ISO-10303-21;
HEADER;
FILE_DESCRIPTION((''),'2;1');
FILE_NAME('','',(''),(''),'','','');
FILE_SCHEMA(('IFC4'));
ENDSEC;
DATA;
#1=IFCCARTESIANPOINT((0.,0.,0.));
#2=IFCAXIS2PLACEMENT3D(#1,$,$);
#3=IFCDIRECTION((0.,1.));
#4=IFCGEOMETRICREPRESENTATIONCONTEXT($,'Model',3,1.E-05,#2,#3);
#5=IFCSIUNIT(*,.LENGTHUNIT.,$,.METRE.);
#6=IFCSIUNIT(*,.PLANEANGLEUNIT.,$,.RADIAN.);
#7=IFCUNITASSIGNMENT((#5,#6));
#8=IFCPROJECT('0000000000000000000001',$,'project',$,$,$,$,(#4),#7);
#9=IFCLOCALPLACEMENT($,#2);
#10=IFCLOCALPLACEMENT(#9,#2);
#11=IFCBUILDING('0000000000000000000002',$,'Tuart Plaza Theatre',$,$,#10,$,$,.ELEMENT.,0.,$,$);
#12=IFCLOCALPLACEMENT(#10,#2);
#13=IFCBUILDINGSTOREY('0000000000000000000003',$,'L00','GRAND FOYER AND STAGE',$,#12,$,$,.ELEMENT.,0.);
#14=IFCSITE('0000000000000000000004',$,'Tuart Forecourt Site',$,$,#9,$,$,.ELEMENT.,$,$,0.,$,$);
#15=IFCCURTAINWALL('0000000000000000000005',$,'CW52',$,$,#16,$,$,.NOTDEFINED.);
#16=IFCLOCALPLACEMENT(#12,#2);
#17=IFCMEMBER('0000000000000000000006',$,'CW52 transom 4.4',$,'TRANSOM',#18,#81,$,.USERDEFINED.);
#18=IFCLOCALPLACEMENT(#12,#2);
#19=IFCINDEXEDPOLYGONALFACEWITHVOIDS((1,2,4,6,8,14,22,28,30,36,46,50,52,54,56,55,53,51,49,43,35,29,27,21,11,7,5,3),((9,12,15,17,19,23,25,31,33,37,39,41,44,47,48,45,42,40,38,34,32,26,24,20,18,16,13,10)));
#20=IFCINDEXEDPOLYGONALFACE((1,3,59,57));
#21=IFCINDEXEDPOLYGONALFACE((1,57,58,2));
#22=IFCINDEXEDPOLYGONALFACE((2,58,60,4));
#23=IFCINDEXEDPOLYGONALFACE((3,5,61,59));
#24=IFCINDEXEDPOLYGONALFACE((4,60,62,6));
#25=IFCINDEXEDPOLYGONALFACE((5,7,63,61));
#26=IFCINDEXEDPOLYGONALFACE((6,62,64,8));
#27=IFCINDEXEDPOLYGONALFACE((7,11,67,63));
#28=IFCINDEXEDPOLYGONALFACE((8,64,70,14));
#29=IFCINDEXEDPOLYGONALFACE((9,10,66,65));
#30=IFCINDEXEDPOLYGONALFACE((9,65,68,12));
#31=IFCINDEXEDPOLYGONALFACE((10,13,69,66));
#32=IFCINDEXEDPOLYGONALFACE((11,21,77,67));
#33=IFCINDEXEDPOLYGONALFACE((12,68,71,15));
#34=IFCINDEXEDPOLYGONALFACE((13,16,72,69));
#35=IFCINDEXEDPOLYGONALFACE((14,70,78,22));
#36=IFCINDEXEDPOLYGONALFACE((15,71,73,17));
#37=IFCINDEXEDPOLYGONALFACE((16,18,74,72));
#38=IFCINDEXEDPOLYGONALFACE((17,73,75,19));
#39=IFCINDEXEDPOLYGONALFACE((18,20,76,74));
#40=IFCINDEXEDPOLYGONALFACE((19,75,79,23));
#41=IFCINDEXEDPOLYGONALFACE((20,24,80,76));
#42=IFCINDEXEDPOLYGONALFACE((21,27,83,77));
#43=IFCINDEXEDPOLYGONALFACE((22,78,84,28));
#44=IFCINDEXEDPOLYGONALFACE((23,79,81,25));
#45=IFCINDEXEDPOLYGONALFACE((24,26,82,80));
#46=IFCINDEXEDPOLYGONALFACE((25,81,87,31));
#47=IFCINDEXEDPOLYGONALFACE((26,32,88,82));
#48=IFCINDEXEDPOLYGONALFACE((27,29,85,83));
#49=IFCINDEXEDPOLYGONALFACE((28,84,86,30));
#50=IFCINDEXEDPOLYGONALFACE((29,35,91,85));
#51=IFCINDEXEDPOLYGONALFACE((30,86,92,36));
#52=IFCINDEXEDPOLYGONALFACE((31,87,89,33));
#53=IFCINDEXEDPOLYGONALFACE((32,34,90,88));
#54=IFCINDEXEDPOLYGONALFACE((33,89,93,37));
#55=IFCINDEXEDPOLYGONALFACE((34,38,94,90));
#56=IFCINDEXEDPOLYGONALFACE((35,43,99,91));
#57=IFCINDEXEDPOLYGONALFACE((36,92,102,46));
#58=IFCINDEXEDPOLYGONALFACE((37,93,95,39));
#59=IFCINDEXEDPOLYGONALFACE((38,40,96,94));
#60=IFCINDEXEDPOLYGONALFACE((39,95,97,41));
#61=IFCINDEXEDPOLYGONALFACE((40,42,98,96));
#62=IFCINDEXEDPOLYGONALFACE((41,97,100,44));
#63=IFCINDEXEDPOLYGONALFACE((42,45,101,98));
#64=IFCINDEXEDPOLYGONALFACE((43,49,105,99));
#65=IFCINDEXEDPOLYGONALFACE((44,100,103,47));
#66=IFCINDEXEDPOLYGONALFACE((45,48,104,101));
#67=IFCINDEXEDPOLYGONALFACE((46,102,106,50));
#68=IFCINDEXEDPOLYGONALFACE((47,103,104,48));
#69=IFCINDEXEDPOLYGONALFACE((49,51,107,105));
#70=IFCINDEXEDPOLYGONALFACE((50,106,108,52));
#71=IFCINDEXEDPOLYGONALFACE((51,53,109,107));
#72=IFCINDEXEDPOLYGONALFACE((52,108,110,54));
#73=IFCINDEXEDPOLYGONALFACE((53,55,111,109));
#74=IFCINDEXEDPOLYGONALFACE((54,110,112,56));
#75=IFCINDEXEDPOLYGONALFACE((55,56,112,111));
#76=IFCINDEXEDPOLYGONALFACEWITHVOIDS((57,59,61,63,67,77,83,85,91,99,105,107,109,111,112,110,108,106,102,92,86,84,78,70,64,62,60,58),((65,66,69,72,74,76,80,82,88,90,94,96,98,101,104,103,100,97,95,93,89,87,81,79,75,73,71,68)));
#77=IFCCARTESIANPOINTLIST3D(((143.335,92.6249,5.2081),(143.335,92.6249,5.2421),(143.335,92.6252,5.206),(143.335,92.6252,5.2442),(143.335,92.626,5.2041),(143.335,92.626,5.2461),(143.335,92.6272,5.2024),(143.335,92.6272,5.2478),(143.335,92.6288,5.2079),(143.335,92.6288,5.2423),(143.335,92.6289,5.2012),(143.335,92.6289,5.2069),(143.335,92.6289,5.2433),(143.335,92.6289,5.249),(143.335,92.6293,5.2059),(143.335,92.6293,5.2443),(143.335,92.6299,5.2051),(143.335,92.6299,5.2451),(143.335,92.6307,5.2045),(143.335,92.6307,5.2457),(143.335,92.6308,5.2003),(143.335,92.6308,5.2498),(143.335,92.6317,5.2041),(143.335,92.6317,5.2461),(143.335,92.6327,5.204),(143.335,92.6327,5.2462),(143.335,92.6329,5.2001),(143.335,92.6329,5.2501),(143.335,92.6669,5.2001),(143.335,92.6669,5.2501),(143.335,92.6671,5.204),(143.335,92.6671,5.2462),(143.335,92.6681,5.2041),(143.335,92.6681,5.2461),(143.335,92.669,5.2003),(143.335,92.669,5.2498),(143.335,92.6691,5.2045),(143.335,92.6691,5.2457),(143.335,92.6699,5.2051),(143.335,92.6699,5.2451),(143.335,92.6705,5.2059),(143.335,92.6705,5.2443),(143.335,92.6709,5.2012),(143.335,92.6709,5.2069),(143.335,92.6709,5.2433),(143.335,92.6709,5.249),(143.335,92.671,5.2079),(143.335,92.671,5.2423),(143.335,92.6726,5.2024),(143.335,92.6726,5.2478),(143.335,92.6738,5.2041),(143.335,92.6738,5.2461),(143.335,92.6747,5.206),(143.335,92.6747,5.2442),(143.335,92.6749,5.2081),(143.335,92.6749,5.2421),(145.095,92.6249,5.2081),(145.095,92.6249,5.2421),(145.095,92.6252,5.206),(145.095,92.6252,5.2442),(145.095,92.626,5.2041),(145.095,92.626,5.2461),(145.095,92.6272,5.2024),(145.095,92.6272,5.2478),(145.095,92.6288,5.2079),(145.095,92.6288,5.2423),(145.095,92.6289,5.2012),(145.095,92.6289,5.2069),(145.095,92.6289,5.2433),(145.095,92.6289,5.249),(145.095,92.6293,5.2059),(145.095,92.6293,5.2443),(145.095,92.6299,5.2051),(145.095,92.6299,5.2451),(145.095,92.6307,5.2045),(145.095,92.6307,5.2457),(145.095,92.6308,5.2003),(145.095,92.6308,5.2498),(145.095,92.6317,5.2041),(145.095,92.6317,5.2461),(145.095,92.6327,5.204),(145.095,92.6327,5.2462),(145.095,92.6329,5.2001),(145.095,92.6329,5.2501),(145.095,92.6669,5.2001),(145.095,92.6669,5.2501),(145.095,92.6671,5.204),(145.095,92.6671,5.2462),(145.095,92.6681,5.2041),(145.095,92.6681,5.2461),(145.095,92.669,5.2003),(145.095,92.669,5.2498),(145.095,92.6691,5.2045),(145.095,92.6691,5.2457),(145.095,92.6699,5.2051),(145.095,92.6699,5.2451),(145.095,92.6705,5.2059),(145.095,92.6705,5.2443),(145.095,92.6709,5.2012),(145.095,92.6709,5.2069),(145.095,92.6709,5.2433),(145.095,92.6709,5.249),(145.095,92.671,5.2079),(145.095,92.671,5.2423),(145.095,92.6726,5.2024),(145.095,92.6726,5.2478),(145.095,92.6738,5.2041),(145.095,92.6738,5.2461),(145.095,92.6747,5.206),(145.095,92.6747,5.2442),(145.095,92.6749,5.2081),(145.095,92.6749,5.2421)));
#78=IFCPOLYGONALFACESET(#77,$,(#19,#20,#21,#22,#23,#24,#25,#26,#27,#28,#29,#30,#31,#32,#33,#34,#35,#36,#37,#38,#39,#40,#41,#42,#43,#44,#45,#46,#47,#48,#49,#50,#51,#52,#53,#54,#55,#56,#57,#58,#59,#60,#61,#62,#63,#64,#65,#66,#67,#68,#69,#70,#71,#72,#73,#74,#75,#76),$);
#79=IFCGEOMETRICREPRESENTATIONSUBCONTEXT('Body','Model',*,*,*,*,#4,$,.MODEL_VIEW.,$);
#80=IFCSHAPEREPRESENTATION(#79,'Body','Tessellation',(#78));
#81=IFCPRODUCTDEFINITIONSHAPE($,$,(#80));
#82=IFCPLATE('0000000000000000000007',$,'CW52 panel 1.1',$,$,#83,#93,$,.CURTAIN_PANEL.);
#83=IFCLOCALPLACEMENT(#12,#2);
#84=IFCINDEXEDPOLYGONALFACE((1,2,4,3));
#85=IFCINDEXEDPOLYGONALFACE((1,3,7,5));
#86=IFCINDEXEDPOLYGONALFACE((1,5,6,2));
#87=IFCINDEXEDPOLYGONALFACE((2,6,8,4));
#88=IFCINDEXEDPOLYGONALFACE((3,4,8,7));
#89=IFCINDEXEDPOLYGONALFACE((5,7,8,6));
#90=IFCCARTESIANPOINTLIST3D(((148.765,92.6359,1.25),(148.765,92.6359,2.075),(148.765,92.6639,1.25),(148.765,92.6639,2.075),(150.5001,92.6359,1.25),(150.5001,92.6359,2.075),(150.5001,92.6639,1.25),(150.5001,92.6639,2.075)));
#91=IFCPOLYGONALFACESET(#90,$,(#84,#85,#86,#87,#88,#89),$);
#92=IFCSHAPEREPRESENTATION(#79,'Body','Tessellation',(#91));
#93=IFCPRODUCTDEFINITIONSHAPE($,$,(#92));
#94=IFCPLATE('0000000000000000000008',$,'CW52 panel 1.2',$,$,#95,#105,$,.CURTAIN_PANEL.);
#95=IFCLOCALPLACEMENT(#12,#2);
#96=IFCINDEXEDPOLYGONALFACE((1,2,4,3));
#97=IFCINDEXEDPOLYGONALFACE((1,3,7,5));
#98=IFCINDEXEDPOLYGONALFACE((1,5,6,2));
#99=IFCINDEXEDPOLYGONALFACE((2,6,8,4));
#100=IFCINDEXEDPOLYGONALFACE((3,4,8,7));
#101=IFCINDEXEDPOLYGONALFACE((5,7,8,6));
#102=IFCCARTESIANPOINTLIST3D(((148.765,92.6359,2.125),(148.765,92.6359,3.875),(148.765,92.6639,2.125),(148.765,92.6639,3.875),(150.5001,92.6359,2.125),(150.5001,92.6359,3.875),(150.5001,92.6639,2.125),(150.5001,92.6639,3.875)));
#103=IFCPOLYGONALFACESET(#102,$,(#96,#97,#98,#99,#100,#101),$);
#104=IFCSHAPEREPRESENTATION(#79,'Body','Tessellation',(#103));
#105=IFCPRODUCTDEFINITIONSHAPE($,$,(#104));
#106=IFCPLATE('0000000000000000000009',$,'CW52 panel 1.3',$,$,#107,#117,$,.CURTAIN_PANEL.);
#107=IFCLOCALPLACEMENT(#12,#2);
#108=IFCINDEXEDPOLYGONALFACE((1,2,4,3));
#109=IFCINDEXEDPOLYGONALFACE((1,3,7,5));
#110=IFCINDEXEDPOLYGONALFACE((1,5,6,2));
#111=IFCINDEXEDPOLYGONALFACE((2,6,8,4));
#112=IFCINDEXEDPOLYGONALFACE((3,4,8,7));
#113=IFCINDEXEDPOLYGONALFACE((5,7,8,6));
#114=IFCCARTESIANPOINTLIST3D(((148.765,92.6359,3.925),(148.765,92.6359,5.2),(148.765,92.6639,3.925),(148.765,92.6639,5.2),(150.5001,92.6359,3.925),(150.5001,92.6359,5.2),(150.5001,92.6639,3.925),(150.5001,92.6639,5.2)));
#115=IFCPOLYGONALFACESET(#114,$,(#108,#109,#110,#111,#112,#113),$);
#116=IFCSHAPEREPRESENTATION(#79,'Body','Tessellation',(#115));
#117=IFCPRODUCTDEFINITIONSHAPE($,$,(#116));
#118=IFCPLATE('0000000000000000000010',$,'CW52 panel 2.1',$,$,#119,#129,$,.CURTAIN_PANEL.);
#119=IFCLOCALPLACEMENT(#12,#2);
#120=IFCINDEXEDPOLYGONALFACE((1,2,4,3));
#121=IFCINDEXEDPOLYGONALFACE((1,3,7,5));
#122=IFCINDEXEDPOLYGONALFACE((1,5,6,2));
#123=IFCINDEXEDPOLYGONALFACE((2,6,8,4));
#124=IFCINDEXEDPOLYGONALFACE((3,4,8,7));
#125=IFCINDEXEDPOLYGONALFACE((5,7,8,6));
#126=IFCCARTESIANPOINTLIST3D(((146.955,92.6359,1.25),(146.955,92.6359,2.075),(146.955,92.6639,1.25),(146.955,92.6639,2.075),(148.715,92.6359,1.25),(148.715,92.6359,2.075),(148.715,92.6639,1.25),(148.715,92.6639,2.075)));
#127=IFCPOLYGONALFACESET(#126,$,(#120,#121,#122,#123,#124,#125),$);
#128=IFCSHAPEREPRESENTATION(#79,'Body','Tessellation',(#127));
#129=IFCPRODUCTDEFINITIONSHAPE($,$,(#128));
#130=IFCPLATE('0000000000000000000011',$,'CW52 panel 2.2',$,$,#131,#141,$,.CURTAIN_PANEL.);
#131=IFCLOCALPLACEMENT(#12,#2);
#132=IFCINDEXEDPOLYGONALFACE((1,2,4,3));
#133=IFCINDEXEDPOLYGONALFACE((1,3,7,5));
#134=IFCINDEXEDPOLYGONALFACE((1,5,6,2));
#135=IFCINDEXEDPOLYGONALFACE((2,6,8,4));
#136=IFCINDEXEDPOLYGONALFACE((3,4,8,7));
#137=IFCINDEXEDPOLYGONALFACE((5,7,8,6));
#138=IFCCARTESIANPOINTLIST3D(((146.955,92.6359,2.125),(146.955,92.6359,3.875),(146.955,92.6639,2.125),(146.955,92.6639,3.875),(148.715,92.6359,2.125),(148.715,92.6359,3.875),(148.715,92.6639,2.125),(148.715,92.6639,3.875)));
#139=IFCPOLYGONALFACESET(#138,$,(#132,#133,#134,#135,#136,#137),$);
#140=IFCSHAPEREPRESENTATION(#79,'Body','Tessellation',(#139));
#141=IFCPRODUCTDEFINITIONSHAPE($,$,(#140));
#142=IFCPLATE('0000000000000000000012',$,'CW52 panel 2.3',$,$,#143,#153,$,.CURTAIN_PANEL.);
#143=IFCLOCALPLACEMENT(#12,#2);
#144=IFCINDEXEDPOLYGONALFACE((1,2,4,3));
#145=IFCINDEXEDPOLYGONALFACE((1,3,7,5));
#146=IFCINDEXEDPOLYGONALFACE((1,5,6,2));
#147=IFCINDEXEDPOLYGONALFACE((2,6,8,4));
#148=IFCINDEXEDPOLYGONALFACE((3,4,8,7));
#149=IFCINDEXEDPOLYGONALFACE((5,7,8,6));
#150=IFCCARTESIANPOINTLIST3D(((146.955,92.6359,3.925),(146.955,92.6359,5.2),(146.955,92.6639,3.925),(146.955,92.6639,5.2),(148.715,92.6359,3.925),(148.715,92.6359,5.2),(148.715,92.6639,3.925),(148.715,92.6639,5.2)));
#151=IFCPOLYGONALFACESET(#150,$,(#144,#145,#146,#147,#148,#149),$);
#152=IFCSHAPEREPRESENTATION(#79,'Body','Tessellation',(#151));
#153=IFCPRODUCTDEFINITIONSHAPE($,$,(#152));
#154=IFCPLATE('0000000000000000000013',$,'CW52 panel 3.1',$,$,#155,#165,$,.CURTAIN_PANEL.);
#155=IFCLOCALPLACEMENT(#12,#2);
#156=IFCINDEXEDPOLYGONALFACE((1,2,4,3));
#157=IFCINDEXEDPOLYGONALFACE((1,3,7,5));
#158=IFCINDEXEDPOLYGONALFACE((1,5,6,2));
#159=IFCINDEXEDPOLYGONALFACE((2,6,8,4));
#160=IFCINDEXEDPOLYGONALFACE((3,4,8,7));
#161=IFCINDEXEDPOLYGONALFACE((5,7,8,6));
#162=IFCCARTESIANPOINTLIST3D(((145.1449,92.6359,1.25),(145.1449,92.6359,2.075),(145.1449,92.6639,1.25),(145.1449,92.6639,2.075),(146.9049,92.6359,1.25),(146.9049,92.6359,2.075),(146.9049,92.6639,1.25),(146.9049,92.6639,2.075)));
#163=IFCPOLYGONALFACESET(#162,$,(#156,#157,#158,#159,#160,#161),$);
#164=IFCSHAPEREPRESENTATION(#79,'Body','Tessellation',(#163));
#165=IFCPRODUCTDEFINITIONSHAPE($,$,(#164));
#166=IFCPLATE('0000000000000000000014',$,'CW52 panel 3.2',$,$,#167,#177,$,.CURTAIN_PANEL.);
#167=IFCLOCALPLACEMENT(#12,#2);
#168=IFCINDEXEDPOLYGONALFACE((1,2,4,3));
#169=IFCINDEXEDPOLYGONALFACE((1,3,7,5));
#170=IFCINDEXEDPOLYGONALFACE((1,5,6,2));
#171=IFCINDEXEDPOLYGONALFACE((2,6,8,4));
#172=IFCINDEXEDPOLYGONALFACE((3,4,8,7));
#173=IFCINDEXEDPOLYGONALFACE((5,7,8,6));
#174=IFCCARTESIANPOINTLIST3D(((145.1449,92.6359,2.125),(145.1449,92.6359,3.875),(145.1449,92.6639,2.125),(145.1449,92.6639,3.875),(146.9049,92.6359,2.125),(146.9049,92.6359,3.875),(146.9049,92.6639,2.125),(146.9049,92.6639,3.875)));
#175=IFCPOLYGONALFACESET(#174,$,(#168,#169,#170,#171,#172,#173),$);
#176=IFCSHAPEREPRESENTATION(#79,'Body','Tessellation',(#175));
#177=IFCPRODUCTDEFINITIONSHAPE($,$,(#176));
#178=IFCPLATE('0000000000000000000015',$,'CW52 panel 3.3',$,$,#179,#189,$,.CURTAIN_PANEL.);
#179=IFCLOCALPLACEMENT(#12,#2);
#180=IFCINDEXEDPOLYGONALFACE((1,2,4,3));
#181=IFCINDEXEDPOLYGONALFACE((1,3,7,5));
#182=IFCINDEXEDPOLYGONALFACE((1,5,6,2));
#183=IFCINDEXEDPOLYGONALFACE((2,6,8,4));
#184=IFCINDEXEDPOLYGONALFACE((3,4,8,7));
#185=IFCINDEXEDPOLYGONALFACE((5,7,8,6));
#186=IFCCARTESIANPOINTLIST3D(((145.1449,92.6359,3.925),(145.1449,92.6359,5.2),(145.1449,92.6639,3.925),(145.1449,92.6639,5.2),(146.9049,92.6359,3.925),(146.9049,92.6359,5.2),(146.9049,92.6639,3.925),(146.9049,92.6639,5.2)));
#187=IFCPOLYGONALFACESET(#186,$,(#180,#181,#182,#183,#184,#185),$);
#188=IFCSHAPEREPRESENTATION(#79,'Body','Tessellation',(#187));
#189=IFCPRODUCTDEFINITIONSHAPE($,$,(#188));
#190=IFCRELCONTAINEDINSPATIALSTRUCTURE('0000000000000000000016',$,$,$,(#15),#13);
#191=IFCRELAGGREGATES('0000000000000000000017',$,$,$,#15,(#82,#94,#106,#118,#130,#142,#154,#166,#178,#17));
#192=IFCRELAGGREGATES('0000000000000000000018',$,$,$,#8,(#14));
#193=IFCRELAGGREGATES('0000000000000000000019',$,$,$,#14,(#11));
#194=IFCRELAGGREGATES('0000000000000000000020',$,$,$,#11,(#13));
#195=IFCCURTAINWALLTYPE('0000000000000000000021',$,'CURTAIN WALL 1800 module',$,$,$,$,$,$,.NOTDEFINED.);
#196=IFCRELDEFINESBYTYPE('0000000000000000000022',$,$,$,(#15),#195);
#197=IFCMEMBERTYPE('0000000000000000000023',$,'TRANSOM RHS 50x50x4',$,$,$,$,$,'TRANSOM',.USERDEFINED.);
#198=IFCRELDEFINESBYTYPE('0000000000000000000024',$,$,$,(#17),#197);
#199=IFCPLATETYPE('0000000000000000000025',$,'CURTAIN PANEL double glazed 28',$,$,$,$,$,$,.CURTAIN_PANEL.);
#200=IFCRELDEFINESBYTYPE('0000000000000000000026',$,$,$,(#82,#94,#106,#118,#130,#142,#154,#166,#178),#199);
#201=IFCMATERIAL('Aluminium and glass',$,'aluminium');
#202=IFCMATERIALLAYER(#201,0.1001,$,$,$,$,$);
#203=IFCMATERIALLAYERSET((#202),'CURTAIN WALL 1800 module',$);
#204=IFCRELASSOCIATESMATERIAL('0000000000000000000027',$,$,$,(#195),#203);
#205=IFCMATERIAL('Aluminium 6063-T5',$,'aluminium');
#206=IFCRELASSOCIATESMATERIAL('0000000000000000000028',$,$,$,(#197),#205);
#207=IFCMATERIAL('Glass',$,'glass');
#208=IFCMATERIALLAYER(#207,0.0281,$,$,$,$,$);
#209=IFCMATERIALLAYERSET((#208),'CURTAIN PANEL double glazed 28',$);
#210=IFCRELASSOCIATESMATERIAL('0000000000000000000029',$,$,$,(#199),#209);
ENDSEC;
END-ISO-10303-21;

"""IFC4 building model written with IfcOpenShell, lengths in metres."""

from ifc_helpers import new_model, si_unit, direction, frame, origin, origin_2d, place, context, subcontext, project, spatial, rectangle, hollow_rectangle, extrude, material, layer, layer_set, material_profile, profile_set, type_object, element, aggregate, save


model = new_model("IFC4")

# Units and contexts
model_context = context("Model", 3, precision=1e-05, world=origin(), true_north=direction((0.0, 1.0)))
body_context = subcontext(model_context, "Body", "Model", "MODEL_VIEW")
ifc_project = project(units=[si_unit("LENGTHUNIT", "METRE"), si_unit("PLANEANGLEUNIT", "RADIAN")], contexts=[model_context])

# Site, building, storey
site_placement = place(None, origin())
site = spatial("IfcSite", under=ifc_project, at=site_placement, Name="Tuart Forecourt Site", CompositionType="ELEMENT", RefElevation=0.0)
building_placement = place(site_placement, origin())
building = spatial("IfcBuilding", under=site, at=building_placement, Name="Tuart Plaza Theatre", CompositionType="ELEMENT", ElevationOfRefHeight=0.0)
storey_placement = place(building_placement, origin())
storey = spatial("IfcBuildingStorey", under=building, at=storey_placement, Name="L00", Description="GRAND FOYER AND STAGE", CompositionType="ELEMENT", Elevation=0.0)

# Curtain wall, member, plates
ifc_material_1 = material(Name="Aluminium and glass", Category="aluminium")
ifc_layer_1 = layer(ifc_material_1, 0.1001)
ifc_layer_set_1 = layer_set([ifc_layer_1], Name="CURTAIN WALL 1800 module")
curtain_wall_type = type_object("IfcCurtainWallType", Name="CURTAIN WALL 1800 module", PredefinedType="NOTDEFINED", material=ifc_layer_set_1)
curtain_wall_placement = place(storey_placement, origin())
curtain_wall = element("IfcCurtainWall", 1, at=curtain_wall_placement, inside=storey, type_object=curtain_wall_type, Name="CW52", PredefinedType="NOTDEFINED")
ifc_material_2 = material(Name="Aluminium 6063-T5", Category="aluminium")
ifc_material_profile_1 = material_profile(ifc_material_2, hollow_rectangle(XDim=0.05, YDim=0.05, WallThickness=0.0039, InnerFilletRadius=0.0039, OuterFilletRadius=0.0081, at=origin_2d()), Name="RHS 50x50x4")
ifc_profile_set_1 = profile_set([ifc_material_profile_1], Name="Aluminium 6063-T5")
member_type_1 = type_object("IfcMemberType", Name="TRANSOM RHS 50x50x4", ElementType="TRANSOM", PredefinedType="USERDEFINED", material=ifc_profile_set_1)
member_1_placement = place(storey_placement, frame((145.095, 92.6499, 5.2251), z_axis=(-1.0, 0.0, 0.0), x_axis=(0.0, -1.0, 0.0)))
member_1 = element("IfcMember", 2, at=member_1_placement, type_object=member_type_1, Name="CW52 transom 4.4", ObjectType="TRANSOM", PredefinedType="USERDEFINED", context=body_context, shape_type="SweptSolid", body=[
    extrude(hollow_rectangle(XDim=0.05, YDim=0.05, WallThickness=0.0039, InnerFilletRadius=0.0039, OuterFilletRadius=0.0081, at=origin_2d()), origin(), (0.0, 0.0, 1.0), 1.76),
])
ifc_material_3 = material(Name="Glass", Category="glass")
ifc_layer_2 = layer(ifc_material_3, 0.0281)
ifc_layer_set_2 = layer_set([ifc_layer_2], Name="CURTAIN PANEL double glazed 28")
plate_type = type_object("IfcPlateType", Name="CURTAIN PANEL double glazed 28", PredefinedType="CURTAIN_PANEL", material=ifc_layer_set_2)
plate_1_placement = place(storey_placement, frame((149.6326, 92.6499, 1.25), z_axis=(0.0, 0.0, 1.0), x_axis=(-1.0, 0.0, 0.0)))
plate_1 = element("IfcPlate", 3, at=plate_1_placement, type_object=plate_type, Name="CW52 panel 1.1", PredefinedType="CURTAIN_PANEL", context=body_context, shape_type="SweptSolid", body=[
    extrude(rectangle(XDim=1.7351, YDim=0.0281, at=origin_2d()), origin(), (0.0, 0.0, 1.0), 0.825),
])
plate_2_placement = place(storey_placement, frame((149.6326, 92.6499, 2.125), z_axis=(0.0, 0.0, 1.0), x_axis=(-1.0, 0.0, 0.0)))
plate_2 = element("IfcPlate", 4, at=plate_2_placement, type_object=plate_type, Name="CW52 panel 1.2", PredefinedType="CURTAIN_PANEL", context=body_context, shape_type="SweptSolid", body=[
    extrude(rectangle(XDim=1.7351, YDim=0.0281, at=origin_2d()), origin(), (0.0, 0.0, 1.0), 1.75),
])
plate_3_placement = place(storey_placement, frame((149.6326, 92.6499, 3.925), z_axis=(0.0, 0.0, 1.0), x_axis=(-1.0, 0.0, 0.0)))
plate_3 = element("IfcPlate", 5, at=plate_3_placement, type_object=plate_type, Name="CW52 panel 1.3", PredefinedType="CURTAIN_PANEL", context=body_context, shape_type="SweptSolid", body=[
    extrude(rectangle(XDim=1.7351, YDim=0.0281, at=origin_2d()), origin(), (0.0, 0.0, 1.0), 1.2749),
])
plate_4_placement = place(storey_placement, frame((147.835, 92.6499, 1.25), z_axis=(0.0, 0.0, 1.0), x_axis=(-1.0, 0.0, 0.0)))
plate_4 = element("IfcPlate", 6, at=plate_4_placement, type_object=plate_type, Name="CW52 panel 2.1", PredefinedType="CURTAIN_PANEL", context=body_context, shape_type="SweptSolid", body=[
    extrude(rectangle(XDim=1.76, YDim=0.0281, at=origin_2d()), origin(), (0.0, 0.0, 1.0), 0.825),
])
plate_5_placement = place(storey_placement, frame((147.835, 92.6499, 2.125), z_axis=(0.0, 0.0, 1.0), x_axis=(-1.0, 0.0, 0.0)))
plate_5 = element("IfcPlate", 7, at=plate_5_placement, type_object=plate_type, Name="CW52 panel 2.2", PredefinedType="CURTAIN_PANEL", context=body_context, shape_type="SweptSolid", body=[
    extrude(rectangle(XDim=1.76, YDim=0.0281, at=origin_2d()), origin(), (0.0, 0.0, 1.0), 1.75),
])
plate_6_placement = place(storey_placement, frame((147.835, 92.6499, 3.925), z_axis=(0.0, 0.0, 1.0), x_axis=(-1.0, 0.0, 0.0)))
plate_6 = element("IfcPlate", 8, at=plate_6_placement, type_object=plate_type, Name="CW52 panel 2.3", PredefinedType="CURTAIN_PANEL", context=body_context, shape_type="SweptSolid", body=[
    extrude(rectangle(XDim=1.76, YDim=0.0281, at=origin_2d()), origin(), (0.0, 0.0, 1.0), 1.2749),
])
plate_7_placement = place(storey_placement, frame((146.0249, 92.6499, 1.25), z_axis=(0.0, 0.0, 1.0), x_axis=(-1.0, 0.0, 0.0)))
plate_7 = element("IfcPlate", 9, at=plate_7_placement, type_object=plate_type, Name="CW52 panel 3.1", PredefinedType="CURTAIN_PANEL", context=body_context, shape_type="SweptSolid", body=[
    extrude(rectangle(XDim=1.76, YDim=0.0281, at=origin_2d()), origin(), (0.0, 0.0, 1.0), 0.825),
])
plate_8_placement = place(storey_placement, frame((146.0249, 92.6499, 2.125), z_axis=(0.0, 0.0, 1.0), x_axis=(-1.0, 0.0, 0.0)))
plate_8 = element("IfcPlate", 10, at=plate_8_placement, type_object=plate_type, Name="CW52 panel 3.2", PredefinedType="CURTAIN_PANEL", context=body_context, shape_type="SweptSolid", body=[
    extrude(rectangle(XDim=1.76, YDim=0.0281, at=origin_2d()), origin(), (0.0, 0.0, 1.0), 1.75),
])
plate_9_placement = place(storey_placement, frame((146.0249, 92.6499, 3.925), z_axis=(0.0, 0.0, 1.0), x_axis=(-1.0, 0.0, 0.0)))
plate_9 = element("IfcPlate", 11, at=plate_9_placement, type_object=plate_type, Name="CW52 panel 3.3", PredefinedType="CURTAIN_PANEL", context=body_context, shape_type="SweptSolid", body=[
    extrude(rectangle(XDim=1.76, YDim=0.0281, at=origin_2d()), origin(), (0.0, 0.0, 1.0), 1.2749),
])
aggregate(curtain_wall, [plate_1, plate_2, plate_3, plate_4, plate_5, plate_6, plate_7, plate_8, plate_9, member_1])

save(model, "model.ifc")
